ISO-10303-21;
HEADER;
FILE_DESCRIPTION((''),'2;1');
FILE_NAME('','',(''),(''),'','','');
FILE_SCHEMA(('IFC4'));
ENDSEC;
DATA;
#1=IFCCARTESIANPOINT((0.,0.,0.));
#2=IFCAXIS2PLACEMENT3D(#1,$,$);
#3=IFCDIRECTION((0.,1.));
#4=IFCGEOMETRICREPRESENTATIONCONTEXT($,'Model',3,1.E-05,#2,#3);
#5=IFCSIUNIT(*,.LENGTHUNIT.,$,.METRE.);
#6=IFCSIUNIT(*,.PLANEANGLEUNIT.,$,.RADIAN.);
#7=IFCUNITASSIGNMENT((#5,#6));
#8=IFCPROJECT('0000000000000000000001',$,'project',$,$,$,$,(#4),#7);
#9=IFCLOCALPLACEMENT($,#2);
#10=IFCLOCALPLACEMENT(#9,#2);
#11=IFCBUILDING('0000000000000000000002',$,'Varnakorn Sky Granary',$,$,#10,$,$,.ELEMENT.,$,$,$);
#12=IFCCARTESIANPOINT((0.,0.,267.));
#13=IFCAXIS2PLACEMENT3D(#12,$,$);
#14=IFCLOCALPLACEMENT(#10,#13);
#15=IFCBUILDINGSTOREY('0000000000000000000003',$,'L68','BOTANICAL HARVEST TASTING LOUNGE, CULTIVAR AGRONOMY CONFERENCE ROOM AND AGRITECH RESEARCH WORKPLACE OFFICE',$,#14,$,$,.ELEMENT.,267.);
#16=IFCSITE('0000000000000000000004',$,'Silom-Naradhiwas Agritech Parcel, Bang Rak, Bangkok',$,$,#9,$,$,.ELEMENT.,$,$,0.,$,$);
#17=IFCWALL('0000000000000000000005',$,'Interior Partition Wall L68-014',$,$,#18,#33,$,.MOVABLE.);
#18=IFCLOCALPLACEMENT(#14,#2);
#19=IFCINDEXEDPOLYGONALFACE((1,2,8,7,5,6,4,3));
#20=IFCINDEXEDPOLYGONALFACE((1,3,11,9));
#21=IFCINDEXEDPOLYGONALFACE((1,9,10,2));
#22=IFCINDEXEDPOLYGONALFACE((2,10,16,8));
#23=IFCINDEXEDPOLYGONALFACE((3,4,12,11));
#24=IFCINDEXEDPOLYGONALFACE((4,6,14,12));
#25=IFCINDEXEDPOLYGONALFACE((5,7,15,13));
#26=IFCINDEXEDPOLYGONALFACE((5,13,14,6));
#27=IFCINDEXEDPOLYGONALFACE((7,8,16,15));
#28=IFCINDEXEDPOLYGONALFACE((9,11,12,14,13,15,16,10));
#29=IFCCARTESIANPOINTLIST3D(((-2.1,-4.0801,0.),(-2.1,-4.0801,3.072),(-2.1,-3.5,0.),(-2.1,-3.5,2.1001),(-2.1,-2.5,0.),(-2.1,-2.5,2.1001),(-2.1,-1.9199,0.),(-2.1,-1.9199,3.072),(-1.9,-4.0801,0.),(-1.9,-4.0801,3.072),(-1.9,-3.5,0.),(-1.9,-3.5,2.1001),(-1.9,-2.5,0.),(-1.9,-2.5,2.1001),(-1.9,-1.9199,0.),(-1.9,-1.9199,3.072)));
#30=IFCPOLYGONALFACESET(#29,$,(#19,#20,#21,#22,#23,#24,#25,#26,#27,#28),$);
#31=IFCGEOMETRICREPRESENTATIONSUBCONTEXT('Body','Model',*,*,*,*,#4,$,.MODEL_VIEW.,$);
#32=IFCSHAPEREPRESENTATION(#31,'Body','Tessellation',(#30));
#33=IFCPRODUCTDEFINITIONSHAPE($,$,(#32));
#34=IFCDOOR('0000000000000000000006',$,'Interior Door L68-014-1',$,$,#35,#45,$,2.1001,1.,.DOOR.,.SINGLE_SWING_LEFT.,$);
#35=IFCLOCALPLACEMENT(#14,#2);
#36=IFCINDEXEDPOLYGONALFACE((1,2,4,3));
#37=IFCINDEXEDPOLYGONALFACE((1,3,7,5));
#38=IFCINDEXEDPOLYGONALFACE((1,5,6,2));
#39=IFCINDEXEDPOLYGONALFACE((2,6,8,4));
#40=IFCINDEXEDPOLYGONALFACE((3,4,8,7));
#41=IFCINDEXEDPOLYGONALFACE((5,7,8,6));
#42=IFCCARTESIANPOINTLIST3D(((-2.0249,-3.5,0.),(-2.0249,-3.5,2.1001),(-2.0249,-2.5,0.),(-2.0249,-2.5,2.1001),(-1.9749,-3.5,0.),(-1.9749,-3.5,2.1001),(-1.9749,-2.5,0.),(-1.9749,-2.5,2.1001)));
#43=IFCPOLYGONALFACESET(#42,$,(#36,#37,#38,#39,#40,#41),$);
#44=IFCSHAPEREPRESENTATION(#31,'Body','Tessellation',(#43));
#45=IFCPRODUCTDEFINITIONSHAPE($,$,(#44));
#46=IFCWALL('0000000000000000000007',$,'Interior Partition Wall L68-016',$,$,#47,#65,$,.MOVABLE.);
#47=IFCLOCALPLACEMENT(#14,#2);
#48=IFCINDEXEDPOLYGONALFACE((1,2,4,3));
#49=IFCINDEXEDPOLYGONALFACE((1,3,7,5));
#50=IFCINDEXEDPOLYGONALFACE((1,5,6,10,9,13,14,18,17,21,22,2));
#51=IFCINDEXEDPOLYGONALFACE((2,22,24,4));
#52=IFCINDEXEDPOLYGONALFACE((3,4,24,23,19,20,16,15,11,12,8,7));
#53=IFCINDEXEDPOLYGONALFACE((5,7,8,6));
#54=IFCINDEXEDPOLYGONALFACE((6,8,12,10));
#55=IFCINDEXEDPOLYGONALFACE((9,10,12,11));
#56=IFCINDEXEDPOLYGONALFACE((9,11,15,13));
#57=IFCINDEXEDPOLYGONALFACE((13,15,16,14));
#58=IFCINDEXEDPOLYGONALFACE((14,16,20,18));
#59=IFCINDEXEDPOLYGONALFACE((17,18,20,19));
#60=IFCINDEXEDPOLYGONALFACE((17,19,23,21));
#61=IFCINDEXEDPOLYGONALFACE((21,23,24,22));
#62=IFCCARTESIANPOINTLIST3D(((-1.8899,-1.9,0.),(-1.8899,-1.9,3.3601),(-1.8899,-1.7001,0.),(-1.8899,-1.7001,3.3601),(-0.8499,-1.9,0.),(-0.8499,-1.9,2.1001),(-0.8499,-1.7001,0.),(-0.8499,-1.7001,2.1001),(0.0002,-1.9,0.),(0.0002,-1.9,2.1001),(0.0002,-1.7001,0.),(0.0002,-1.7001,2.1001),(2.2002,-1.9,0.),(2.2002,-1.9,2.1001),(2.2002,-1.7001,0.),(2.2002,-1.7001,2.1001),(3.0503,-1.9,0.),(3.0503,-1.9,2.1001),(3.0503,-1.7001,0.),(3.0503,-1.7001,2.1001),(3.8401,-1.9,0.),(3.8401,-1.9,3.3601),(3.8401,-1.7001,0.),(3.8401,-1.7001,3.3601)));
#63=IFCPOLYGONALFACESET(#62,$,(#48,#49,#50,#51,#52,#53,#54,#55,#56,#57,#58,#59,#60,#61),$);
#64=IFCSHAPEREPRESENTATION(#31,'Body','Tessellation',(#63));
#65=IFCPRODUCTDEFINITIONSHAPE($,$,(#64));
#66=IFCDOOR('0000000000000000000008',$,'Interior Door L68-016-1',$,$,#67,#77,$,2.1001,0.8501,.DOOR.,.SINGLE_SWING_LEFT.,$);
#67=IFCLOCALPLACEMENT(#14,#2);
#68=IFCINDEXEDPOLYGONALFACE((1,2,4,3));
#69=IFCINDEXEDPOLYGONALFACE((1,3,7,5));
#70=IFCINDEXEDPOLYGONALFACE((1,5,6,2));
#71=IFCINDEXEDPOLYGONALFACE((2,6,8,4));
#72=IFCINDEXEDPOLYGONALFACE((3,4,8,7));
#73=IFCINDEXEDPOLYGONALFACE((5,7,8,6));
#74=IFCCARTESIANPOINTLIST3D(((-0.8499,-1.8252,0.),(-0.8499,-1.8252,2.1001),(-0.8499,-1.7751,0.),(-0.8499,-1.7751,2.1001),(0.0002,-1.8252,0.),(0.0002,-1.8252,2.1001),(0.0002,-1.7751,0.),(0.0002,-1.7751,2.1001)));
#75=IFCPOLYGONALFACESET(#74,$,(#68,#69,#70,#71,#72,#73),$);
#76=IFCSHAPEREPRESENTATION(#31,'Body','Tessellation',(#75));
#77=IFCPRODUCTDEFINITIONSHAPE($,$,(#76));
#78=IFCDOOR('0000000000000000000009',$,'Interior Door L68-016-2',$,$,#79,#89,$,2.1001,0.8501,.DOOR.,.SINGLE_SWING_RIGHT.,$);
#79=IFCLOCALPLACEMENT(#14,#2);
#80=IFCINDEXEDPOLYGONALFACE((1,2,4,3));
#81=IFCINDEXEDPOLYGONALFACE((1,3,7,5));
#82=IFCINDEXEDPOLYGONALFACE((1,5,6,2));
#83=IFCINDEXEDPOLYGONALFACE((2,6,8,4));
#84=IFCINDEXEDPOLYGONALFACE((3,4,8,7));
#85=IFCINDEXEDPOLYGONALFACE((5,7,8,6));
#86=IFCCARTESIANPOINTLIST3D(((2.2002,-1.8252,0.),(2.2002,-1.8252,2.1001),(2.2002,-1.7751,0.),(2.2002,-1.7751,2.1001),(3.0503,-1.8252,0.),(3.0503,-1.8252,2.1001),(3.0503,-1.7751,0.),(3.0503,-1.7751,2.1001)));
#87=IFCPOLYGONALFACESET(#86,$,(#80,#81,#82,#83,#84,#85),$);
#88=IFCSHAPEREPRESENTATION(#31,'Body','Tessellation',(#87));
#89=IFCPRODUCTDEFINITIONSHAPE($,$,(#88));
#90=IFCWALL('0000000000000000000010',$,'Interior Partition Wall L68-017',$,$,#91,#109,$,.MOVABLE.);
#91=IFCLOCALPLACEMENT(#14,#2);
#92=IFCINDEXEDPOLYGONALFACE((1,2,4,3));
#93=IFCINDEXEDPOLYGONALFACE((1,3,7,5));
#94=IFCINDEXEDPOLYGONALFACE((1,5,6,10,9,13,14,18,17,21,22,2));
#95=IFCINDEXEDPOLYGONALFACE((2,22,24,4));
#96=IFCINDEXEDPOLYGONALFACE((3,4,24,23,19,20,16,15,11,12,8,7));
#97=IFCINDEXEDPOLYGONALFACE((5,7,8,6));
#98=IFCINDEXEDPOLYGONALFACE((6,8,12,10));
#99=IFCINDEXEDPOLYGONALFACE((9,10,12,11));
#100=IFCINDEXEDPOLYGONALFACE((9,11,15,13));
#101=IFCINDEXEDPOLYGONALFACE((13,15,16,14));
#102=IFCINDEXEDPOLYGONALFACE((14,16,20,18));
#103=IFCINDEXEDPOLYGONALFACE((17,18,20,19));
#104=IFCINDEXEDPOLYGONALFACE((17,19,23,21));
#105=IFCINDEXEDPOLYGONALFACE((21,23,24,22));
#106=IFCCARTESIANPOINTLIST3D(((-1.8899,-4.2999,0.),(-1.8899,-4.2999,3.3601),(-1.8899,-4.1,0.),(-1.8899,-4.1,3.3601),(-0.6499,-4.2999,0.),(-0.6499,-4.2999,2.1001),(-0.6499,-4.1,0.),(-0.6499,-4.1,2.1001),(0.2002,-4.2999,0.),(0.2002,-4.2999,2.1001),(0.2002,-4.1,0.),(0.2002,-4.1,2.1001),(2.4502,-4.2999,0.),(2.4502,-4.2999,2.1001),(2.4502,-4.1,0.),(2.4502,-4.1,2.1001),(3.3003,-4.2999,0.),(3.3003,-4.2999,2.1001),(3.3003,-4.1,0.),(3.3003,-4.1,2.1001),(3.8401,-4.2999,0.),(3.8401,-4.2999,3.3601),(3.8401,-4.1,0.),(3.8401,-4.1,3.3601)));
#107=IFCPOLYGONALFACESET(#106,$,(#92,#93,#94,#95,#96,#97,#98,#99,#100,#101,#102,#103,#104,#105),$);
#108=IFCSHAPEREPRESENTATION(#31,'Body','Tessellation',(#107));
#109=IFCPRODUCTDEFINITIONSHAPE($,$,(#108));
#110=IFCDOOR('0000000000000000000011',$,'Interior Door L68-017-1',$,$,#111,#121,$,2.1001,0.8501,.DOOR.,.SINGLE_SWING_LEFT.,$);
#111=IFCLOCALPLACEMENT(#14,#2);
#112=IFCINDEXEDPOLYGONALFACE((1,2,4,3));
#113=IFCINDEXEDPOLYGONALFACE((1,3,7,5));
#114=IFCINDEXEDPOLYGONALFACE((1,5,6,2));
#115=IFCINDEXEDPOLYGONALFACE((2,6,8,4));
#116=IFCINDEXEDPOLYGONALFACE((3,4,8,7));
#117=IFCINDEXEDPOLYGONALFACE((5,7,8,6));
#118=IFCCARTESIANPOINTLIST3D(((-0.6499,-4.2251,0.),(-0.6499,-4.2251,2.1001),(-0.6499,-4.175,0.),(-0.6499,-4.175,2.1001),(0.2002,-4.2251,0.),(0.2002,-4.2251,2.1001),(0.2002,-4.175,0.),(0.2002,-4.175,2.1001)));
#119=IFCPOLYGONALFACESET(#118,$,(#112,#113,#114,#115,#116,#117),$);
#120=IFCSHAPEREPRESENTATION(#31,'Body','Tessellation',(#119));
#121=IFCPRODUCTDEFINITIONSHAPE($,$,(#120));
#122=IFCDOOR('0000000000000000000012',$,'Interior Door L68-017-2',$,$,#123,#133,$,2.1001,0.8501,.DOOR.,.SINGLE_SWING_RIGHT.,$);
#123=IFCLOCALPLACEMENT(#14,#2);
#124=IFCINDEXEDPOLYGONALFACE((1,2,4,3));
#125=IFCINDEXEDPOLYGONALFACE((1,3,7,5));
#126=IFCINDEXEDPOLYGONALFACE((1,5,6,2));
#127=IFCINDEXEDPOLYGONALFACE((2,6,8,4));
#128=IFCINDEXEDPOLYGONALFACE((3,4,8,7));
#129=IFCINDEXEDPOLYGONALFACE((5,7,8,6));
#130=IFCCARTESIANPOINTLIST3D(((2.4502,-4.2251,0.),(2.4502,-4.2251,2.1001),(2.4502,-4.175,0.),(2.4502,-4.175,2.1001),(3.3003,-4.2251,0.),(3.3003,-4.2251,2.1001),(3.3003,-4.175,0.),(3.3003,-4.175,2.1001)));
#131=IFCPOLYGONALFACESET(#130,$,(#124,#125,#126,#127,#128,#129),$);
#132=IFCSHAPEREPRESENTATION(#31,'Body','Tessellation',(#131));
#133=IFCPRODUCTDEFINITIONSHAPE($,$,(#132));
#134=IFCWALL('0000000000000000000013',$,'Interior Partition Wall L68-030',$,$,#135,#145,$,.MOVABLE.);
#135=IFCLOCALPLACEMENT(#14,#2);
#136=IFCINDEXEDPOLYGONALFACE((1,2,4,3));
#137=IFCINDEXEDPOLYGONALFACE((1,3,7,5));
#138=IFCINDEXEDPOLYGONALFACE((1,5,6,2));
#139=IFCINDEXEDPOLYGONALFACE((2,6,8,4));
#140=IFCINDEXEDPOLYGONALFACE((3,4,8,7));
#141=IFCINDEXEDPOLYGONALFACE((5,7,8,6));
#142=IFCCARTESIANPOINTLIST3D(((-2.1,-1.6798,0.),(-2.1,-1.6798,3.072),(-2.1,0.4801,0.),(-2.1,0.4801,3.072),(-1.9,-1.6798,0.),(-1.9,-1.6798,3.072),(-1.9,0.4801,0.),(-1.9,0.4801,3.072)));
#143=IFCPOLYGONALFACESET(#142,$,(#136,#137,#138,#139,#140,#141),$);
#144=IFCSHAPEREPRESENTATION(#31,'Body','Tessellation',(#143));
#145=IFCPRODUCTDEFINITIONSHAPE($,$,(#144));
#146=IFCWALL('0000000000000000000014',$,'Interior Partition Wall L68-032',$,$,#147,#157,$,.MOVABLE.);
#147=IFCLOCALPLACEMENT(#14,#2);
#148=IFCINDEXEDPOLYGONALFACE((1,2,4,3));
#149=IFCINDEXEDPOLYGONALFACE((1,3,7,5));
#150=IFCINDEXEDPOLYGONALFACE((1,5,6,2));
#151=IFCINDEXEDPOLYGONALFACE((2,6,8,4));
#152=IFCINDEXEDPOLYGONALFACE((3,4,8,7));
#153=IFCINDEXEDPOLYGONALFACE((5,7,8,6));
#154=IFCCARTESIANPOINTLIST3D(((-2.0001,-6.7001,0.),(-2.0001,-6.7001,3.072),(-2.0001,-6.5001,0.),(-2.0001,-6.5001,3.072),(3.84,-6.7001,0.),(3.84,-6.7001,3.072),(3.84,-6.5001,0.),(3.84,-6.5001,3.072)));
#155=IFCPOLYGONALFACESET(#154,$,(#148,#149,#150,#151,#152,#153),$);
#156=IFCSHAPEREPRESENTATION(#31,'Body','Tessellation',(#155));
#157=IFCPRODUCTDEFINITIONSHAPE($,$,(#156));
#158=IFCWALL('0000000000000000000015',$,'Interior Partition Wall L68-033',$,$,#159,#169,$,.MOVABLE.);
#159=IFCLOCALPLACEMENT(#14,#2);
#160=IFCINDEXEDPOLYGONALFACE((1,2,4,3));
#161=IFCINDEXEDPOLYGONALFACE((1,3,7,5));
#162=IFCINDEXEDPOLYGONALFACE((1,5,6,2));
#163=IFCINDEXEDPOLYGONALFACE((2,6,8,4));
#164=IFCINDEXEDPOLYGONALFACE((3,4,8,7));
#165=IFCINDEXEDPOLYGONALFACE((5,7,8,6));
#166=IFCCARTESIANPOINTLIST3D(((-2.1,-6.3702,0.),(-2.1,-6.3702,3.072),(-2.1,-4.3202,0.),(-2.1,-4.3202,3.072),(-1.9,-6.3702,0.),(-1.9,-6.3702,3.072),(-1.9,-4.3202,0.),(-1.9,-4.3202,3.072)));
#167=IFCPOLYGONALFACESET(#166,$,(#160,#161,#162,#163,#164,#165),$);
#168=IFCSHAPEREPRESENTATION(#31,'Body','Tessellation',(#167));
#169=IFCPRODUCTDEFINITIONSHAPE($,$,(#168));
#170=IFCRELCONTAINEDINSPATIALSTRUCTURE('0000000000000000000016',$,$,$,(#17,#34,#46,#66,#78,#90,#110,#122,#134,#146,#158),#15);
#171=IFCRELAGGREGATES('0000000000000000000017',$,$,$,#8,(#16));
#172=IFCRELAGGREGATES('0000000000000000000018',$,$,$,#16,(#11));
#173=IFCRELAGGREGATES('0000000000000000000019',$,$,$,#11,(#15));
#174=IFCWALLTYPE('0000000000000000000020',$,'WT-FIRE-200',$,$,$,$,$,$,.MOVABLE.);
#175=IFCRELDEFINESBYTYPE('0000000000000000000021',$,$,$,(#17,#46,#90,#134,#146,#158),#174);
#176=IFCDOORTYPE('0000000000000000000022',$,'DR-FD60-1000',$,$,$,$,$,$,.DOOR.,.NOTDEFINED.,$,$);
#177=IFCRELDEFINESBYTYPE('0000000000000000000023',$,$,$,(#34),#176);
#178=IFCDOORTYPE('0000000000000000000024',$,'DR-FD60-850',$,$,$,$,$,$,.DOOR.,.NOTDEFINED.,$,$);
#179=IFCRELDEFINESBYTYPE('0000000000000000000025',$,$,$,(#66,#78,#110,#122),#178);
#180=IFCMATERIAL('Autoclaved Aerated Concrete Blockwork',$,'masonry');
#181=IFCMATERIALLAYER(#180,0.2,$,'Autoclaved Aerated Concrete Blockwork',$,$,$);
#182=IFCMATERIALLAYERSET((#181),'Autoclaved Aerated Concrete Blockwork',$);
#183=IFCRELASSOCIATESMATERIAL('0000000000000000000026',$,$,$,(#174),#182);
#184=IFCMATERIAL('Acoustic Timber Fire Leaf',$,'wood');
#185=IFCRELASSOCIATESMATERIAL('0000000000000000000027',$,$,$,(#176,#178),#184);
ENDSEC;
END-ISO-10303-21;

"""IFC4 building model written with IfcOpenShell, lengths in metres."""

from ifc_helpers import new_model, si_unit, direction, frame, frame_2d, origin, place, context, subcontext, project, spatial, rectangle, extrude, material, layer, layer_set, type_object, element, fill, save


model = new_model("IFC4")

# Units and contexts
model_context = context("Model", 3, precision=1e-05, world=origin(), true_north=direction((0.0, 1.0)))
body_context = subcontext(model_context, "Body", "Model", "MODEL_VIEW")
ifc_project = project(units=[si_unit("LENGTHUNIT", "METRE"), si_unit("PLANEANGLEUNIT", "RADIAN")], contexts=[model_context])

# Site, building, storey
site_placement = place(None, origin())
site = spatial("IfcSite", under=ifc_project, at=site_placement, Name="Silom-Naradhiwas Agritech Parcel, Bang Rak, Bangkok", CompositionType="ELEMENT", RefElevation=0.0)
building_placement = place(site_placement, origin())
building = spatial("IfcBuilding", under=site, at=building_placement, Name="Varnakorn Sky Granary", CompositionType="ELEMENT")
storey_placement = place(building_placement, frame((0.0, 0.0, 267.0)))
storey = spatial("IfcBuildingStorey", under=building, at=storey_placement, Name="L68", Description="BOTANICAL HARVEST TASTING LOUNGE, CULTIVAR AGRONOMY CONFERENCE ROOM AND AGRITECH RESEARCH WORKPLACE OFFICE", CompositionType="ELEMENT", Elevation=267.0)

# Wall, opening, door
ifc_material_1 = material(Name="Autoclaved Aerated Concrete Blockwork", Category="masonry")
ifc_layer_1 = layer(ifc_material_1, 0.2, Name="Autoclaved Aerated Concrete Blockwork")
ifc_layer_set_1 = layer_set([ifc_layer_1], Name="Autoclaved Aerated Concrete Blockwork")
wall_type_1 = type_object("IfcWallType", Name="WT-FIRE-200", PredefinedType="MOVABLE", material=ifc_layer_set_1)
wall_1_placement = place(storey_placement, frame((-2.0, -4.0801, 0.0), z_axis=(0.0, 0.0, 1.0), x_axis=(0.0, 1.0, 0.0)))
wall_1 = element("IfcWall", 1, at=wall_1_placement, inside=storey, type_object=wall_type_1, Name="Interior Partition Wall L68-014", PredefinedType="MOVABLE", context=body_context, shape_type="SweptSolid", body=[
    extrude(rectangle(XDim=2.1602, YDim=0.2, at=frame_2d((1.0801, 0.0))), origin(), (0.0, 0.0, 1.0), 3.072),
])
opening_1_placement = place(wall_1_placement, frame((0.5801, 0.0, 0.0)))
opening_1 = element("IfcOpeningElement", 2, at=opening_1_placement, cuts=wall_1, PredefinedType="OPENING", context=body_context, shape_type="SweptSolid", body=[
    extrude(rectangle(XDim=1.0, YDim=2.1001, at=frame_2d((0.5, 1.05))), frame((0.0, 0.1099, 0.0), z_axis=(0.0, -1.0, 0.0), x_axis=(1.0, 0.0, 0.0)), (0.0, 0.0, 1.0), 0.22),
])
ifc_material_2 = material(Name="Acoustic Timber Fire Leaf", Category="wood")
door_type_1 = type_object("IfcDoorType", Name="DR-FD60-1000", OperationType="NOTDEFINED", PredefinedType="DOOR", material=ifc_material_2)
door_1_placement = place(opening_1_placement, origin())
door_1 = element("IfcDoor", 3, at=door_1_placement, inside=storey, type_object=door_type_1, Name="Interior Door L68-014-1", OperationType="SINGLE_SWING_LEFT", OverallHeight=2.1001, OverallWidth=1.0, PredefinedType="DOOR", context=body_context, shape_type="SweptSolid", body=[
    extrude(rectangle(XDim=1.0, YDim=2.1001, at=frame_2d((0.5, 1.05))), frame((0.0, 0.0249, 0.0), z_axis=(0.0, -1.0, 0.0), x_axis=(1.0, 0.0, 0.0)), (0.0, 0.0, 1.0), 0.05),
])
fill(opening_1, door_1)

# Walls, openings, doors
wall_2_placement = place(storey_placement, frame((-1.8899, -1.8, 0.0), z_axis=(0.0, 0.0, 1.0), x_axis=(1.0, 0.0, 0.0)))
wall_2 = element("IfcWall", 4, at=wall_2_placement, inside=storey, type_object=wall_type_1, Name="Interior Partition Wall L68-016", PredefinedType="MOVABLE", context=body_context, shape_type="SweptSolid", body=[
    extrude(rectangle(XDim=5.73, YDim=0.2, at=frame_2d((2.865, 0.0))), origin(), (0.0, 0.0, 1.0), 3.3601),
])
opening_2_placement = place(wall_2_placement, frame((1.04, 0.0, 0.0)))
opening_2 = element("IfcOpeningElement", 5, at=opening_2_placement, cuts=wall_2, PredefinedType="OPENING", context=body_context, shape_type="SweptSolid", body=[
    extrude(rectangle(XDim=0.8501, YDim=2.1001, at=frame_2d((0.425, 1.05))), frame((0.0, 0.1099, 0.0), z_axis=(0.0, -1.0, 0.0), x_axis=(1.0, 0.0, 0.0)), (0.0, 0.0, 1.0), 0.22),
])
opening_3_placement = place(wall_2_placement, frame((4.0901, 0.0, 0.0)))
opening_3 = element("IfcOpeningElement", 6, at=opening_3_placement, cuts=wall_2, PredefinedType="OPENING", context=body_context, shape_type="SweptSolid", body=[
    extrude(rectangle(XDim=0.8501, YDim=2.1001, at=frame_2d((0.425, 1.05))), frame((0.0, 0.1099, 0.0), z_axis=(0.0, -1.0, 0.0), x_axis=(1.0, 0.0, 0.0)), (0.0, 0.0, 1.0), 0.22),
])
door_type_2 = type_object("IfcDoorType", Name="DR-FD60-850", OperationType="NOTDEFINED", PredefinedType="DOOR", material=ifc_material_2)
door_2_placement = place(opening_2_placement, origin())
door_2 = element("IfcDoor", 7, at=door_2_placement, inside=storey, type_object=door_type_2, Name="Interior Door L68-016-1", OperationType="SINGLE_SWING_LEFT", OverallHeight=2.1001, OverallWidth=0.8501, PredefinedType="DOOR", context=body_context, shape_type="SweptSolid", body=[
    extrude(rectangle(XDim=0.8501, YDim=2.1001, at=frame_2d((0.425, 1.05))), frame((0.0, 0.0249, 0.0), z_axis=(0.0, -1.0, 0.0), x_axis=(1.0, 0.0, 0.0)), (0.0, 0.0, 1.0), 0.05),
])
fill(opening_2, door_2)
door_3_placement = place(opening_3_placement, origin())
door_3 = element("IfcDoor", 8, at=door_3_placement, inside=storey, type_object=door_type_2, Name="Interior Door L68-016-2", OperationType="SINGLE_SWING_RIGHT", OverallHeight=2.1001, OverallWidth=0.8501, PredefinedType="DOOR", context=body_context, shape_type="SweptSolid", body=[
    extrude(rectangle(XDim=0.8501, YDim=2.1001, at=frame_2d((0.425, 1.05))), frame((0.0, 0.0249, 0.0), z_axis=(0.0, -1.0, 0.0), x_axis=(1.0, 0.0, 0.0)), (0.0, 0.0, 1.0), 0.05),
])
fill(opening_3, door_3)
wall_3_placement = place(storey_placement, frame((-1.8899, -4.2, 0.0), z_axis=(0.0, 0.0, 1.0), x_axis=(1.0, 0.0, 0.0)))
wall_3 = element("IfcWall", 9, at=wall_3_placement, inside=storey, type_object=wall_type_1, Name="Interior Partition Wall L68-017", PredefinedType="MOVABLE", context=body_context, shape_type="SweptSolid", body=[
    extrude(rectangle(XDim=5.73, YDim=0.2, at=frame_2d((2.865, 0.0))), origin(), (0.0, 0.0, 1.0), 3.3601),
])
opening_4_placement = place(wall_3_placement, frame((1.24, 0.0, 0.0)))
opening_4 = element("IfcOpeningElement", 10, at=opening_4_placement, cuts=wall_3, PredefinedType="OPENING", context=body_context, shape_type="SweptSolid", body=[
    extrude(rectangle(XDim=0.8501, YDim=2.1001, at=frame_2d((0.425, 1.05))), frame((0.0, 0.1099, 0.0), z_axis=(0.0, -1.0, 0.0), x_axis=(1.0, 0.0, 0.0)), (0.0, 0.0, 1.0), 0.22),
])
opening_5_placement = place(wall_3_placement, frame((4.3401, 0.0, 0.0)))
opening_5 = element("IfcOpeningElement", 11, at=opening_5_placement, cuts=wall_3, PredefinedType="OPENING", context=body_context, shape_type="SweptSolid", body=[
    extrude(rectangle(XDim=0.8501, YDim=2.1001, at=frame_2d((0.425, 1.05))), frame((0.0, 0.1099, 0.0), z_axis=(0.0, -1.0, 0.0), x_axis=(1.0, 0.0, 0.0)), (0.0, 0.0, 1.0), 0.22),
])
door_4_placement = place(opening_4_placement, origin())
door_4 = element("IfcDoor", 12, at=door_4_placement, inside=storey, type_object=door_type_2, Name="Interior Door L68-017-1", OperationType="SINGLE_SWING_LEFT", OverallHeight=2.1001, OverallWidth=0.8501, PredefinedType="DOOR", context=body_context, shape_type="SweptSolid", body=[
    extrude(rectangle(XDim=0.8501, YDim=2.1001, at=frame_2d((0.425, 1.05))), frame((0.0, 0.0249, 0.0), z_axis=(0.0, -1.0, 0.0), x_axis=(1.0, 0.0, 0.0)), (0.0, 0.0, 1.0), 0.05),
])
fill(opening_4, door_4)
door_5_placement = place(opening_5_placement, origin())
door_5 = element("IfcDoor", 13, at=door_5_placement, inside=storey, type_object=door_type_2, Name="Interior Door L68-017-2", OperationType="SINGLE_SWING_RIGHT", OverallHeight=2.1001, OverallWidth=0.8501, PredefinedType="DOOR", context=body_context, shape_type="SweptSolid", body=[
    extrude(rectangle(XDim=0.8501, YDim=2.1001, at=frame_2d((0.425, 1.05))), frame((0.0, 0.0249, 0.0), z_axis=(0.0, -1.0, 0.0), x_axis=(1.0, 0.0, 0.0)), (0.0, 0.0, 1.0), 0.05),
])
fill(opening_5, door_5)

# Walls
wall_4_placement = place(storey_placement, frame((-2.0, -1.6799, 0.0), z_axis=(0.0, 0.0, 1.0), x_axis=(0.0, 1.0, 0.0)))
element("IfcWall", 14, at=wall_4_placement, inside=storey, type_object=wall_type_1, Name="Interior Partition Wall L68-030", PredefinedType="MOVABLE", context=body_context, shape_type="SweptSolid", body=[
    extrude(rectangle(XDim=2.1599, YDim=0.2, at=frame_2d((1.0801, 0.0))), origin(), (0.0, 0.0, 1.0), 3.072),
])
wall_5_placement = place(storey_placement, frame((-2.0, -6.6001, 0.0), z_axis=(0.0, 0.0, 1.0), x_axis=(1.0, 0.0, 0.0)))
element("IfcWall", 15, at=wall_5_placement, inside=storey, type_object=wall_type_1, Name="Interior Partition Wall L68-032", PredefinedType="MOVABLE", context=body_context, shape_type="SweptSolid", body=[
    extrude(rectangle(XDim=5.8401, YDim=0.2, at=frame_2d((2.9199, 0.0))), origin(), (0.0, 0.0, 1.0), 3.072),
])
wall_6_placement = place(storey_placement, frame((-2.0, -6.3701, 0.0), z_axis=(0.0, 0.0, 1.0), x_axis=(0.0, 1.0, 0.0)))
element("IfcWall", 16, at=wall_6_placement, inside=storey, type_object=wall_type_1, Name="Interior Partition Wall L68-033", PredefinedType="MOVABLE", context=body_context, shape_type="SweptSolid", body=[
    extrude(rectangle(XDim=2.05, YDim=0.2, at=frame_2d((1.0249, 0.0))), origin(), (0.0, 0.0, 1.0), 3.072),
])

save(model, "model.ifc")
